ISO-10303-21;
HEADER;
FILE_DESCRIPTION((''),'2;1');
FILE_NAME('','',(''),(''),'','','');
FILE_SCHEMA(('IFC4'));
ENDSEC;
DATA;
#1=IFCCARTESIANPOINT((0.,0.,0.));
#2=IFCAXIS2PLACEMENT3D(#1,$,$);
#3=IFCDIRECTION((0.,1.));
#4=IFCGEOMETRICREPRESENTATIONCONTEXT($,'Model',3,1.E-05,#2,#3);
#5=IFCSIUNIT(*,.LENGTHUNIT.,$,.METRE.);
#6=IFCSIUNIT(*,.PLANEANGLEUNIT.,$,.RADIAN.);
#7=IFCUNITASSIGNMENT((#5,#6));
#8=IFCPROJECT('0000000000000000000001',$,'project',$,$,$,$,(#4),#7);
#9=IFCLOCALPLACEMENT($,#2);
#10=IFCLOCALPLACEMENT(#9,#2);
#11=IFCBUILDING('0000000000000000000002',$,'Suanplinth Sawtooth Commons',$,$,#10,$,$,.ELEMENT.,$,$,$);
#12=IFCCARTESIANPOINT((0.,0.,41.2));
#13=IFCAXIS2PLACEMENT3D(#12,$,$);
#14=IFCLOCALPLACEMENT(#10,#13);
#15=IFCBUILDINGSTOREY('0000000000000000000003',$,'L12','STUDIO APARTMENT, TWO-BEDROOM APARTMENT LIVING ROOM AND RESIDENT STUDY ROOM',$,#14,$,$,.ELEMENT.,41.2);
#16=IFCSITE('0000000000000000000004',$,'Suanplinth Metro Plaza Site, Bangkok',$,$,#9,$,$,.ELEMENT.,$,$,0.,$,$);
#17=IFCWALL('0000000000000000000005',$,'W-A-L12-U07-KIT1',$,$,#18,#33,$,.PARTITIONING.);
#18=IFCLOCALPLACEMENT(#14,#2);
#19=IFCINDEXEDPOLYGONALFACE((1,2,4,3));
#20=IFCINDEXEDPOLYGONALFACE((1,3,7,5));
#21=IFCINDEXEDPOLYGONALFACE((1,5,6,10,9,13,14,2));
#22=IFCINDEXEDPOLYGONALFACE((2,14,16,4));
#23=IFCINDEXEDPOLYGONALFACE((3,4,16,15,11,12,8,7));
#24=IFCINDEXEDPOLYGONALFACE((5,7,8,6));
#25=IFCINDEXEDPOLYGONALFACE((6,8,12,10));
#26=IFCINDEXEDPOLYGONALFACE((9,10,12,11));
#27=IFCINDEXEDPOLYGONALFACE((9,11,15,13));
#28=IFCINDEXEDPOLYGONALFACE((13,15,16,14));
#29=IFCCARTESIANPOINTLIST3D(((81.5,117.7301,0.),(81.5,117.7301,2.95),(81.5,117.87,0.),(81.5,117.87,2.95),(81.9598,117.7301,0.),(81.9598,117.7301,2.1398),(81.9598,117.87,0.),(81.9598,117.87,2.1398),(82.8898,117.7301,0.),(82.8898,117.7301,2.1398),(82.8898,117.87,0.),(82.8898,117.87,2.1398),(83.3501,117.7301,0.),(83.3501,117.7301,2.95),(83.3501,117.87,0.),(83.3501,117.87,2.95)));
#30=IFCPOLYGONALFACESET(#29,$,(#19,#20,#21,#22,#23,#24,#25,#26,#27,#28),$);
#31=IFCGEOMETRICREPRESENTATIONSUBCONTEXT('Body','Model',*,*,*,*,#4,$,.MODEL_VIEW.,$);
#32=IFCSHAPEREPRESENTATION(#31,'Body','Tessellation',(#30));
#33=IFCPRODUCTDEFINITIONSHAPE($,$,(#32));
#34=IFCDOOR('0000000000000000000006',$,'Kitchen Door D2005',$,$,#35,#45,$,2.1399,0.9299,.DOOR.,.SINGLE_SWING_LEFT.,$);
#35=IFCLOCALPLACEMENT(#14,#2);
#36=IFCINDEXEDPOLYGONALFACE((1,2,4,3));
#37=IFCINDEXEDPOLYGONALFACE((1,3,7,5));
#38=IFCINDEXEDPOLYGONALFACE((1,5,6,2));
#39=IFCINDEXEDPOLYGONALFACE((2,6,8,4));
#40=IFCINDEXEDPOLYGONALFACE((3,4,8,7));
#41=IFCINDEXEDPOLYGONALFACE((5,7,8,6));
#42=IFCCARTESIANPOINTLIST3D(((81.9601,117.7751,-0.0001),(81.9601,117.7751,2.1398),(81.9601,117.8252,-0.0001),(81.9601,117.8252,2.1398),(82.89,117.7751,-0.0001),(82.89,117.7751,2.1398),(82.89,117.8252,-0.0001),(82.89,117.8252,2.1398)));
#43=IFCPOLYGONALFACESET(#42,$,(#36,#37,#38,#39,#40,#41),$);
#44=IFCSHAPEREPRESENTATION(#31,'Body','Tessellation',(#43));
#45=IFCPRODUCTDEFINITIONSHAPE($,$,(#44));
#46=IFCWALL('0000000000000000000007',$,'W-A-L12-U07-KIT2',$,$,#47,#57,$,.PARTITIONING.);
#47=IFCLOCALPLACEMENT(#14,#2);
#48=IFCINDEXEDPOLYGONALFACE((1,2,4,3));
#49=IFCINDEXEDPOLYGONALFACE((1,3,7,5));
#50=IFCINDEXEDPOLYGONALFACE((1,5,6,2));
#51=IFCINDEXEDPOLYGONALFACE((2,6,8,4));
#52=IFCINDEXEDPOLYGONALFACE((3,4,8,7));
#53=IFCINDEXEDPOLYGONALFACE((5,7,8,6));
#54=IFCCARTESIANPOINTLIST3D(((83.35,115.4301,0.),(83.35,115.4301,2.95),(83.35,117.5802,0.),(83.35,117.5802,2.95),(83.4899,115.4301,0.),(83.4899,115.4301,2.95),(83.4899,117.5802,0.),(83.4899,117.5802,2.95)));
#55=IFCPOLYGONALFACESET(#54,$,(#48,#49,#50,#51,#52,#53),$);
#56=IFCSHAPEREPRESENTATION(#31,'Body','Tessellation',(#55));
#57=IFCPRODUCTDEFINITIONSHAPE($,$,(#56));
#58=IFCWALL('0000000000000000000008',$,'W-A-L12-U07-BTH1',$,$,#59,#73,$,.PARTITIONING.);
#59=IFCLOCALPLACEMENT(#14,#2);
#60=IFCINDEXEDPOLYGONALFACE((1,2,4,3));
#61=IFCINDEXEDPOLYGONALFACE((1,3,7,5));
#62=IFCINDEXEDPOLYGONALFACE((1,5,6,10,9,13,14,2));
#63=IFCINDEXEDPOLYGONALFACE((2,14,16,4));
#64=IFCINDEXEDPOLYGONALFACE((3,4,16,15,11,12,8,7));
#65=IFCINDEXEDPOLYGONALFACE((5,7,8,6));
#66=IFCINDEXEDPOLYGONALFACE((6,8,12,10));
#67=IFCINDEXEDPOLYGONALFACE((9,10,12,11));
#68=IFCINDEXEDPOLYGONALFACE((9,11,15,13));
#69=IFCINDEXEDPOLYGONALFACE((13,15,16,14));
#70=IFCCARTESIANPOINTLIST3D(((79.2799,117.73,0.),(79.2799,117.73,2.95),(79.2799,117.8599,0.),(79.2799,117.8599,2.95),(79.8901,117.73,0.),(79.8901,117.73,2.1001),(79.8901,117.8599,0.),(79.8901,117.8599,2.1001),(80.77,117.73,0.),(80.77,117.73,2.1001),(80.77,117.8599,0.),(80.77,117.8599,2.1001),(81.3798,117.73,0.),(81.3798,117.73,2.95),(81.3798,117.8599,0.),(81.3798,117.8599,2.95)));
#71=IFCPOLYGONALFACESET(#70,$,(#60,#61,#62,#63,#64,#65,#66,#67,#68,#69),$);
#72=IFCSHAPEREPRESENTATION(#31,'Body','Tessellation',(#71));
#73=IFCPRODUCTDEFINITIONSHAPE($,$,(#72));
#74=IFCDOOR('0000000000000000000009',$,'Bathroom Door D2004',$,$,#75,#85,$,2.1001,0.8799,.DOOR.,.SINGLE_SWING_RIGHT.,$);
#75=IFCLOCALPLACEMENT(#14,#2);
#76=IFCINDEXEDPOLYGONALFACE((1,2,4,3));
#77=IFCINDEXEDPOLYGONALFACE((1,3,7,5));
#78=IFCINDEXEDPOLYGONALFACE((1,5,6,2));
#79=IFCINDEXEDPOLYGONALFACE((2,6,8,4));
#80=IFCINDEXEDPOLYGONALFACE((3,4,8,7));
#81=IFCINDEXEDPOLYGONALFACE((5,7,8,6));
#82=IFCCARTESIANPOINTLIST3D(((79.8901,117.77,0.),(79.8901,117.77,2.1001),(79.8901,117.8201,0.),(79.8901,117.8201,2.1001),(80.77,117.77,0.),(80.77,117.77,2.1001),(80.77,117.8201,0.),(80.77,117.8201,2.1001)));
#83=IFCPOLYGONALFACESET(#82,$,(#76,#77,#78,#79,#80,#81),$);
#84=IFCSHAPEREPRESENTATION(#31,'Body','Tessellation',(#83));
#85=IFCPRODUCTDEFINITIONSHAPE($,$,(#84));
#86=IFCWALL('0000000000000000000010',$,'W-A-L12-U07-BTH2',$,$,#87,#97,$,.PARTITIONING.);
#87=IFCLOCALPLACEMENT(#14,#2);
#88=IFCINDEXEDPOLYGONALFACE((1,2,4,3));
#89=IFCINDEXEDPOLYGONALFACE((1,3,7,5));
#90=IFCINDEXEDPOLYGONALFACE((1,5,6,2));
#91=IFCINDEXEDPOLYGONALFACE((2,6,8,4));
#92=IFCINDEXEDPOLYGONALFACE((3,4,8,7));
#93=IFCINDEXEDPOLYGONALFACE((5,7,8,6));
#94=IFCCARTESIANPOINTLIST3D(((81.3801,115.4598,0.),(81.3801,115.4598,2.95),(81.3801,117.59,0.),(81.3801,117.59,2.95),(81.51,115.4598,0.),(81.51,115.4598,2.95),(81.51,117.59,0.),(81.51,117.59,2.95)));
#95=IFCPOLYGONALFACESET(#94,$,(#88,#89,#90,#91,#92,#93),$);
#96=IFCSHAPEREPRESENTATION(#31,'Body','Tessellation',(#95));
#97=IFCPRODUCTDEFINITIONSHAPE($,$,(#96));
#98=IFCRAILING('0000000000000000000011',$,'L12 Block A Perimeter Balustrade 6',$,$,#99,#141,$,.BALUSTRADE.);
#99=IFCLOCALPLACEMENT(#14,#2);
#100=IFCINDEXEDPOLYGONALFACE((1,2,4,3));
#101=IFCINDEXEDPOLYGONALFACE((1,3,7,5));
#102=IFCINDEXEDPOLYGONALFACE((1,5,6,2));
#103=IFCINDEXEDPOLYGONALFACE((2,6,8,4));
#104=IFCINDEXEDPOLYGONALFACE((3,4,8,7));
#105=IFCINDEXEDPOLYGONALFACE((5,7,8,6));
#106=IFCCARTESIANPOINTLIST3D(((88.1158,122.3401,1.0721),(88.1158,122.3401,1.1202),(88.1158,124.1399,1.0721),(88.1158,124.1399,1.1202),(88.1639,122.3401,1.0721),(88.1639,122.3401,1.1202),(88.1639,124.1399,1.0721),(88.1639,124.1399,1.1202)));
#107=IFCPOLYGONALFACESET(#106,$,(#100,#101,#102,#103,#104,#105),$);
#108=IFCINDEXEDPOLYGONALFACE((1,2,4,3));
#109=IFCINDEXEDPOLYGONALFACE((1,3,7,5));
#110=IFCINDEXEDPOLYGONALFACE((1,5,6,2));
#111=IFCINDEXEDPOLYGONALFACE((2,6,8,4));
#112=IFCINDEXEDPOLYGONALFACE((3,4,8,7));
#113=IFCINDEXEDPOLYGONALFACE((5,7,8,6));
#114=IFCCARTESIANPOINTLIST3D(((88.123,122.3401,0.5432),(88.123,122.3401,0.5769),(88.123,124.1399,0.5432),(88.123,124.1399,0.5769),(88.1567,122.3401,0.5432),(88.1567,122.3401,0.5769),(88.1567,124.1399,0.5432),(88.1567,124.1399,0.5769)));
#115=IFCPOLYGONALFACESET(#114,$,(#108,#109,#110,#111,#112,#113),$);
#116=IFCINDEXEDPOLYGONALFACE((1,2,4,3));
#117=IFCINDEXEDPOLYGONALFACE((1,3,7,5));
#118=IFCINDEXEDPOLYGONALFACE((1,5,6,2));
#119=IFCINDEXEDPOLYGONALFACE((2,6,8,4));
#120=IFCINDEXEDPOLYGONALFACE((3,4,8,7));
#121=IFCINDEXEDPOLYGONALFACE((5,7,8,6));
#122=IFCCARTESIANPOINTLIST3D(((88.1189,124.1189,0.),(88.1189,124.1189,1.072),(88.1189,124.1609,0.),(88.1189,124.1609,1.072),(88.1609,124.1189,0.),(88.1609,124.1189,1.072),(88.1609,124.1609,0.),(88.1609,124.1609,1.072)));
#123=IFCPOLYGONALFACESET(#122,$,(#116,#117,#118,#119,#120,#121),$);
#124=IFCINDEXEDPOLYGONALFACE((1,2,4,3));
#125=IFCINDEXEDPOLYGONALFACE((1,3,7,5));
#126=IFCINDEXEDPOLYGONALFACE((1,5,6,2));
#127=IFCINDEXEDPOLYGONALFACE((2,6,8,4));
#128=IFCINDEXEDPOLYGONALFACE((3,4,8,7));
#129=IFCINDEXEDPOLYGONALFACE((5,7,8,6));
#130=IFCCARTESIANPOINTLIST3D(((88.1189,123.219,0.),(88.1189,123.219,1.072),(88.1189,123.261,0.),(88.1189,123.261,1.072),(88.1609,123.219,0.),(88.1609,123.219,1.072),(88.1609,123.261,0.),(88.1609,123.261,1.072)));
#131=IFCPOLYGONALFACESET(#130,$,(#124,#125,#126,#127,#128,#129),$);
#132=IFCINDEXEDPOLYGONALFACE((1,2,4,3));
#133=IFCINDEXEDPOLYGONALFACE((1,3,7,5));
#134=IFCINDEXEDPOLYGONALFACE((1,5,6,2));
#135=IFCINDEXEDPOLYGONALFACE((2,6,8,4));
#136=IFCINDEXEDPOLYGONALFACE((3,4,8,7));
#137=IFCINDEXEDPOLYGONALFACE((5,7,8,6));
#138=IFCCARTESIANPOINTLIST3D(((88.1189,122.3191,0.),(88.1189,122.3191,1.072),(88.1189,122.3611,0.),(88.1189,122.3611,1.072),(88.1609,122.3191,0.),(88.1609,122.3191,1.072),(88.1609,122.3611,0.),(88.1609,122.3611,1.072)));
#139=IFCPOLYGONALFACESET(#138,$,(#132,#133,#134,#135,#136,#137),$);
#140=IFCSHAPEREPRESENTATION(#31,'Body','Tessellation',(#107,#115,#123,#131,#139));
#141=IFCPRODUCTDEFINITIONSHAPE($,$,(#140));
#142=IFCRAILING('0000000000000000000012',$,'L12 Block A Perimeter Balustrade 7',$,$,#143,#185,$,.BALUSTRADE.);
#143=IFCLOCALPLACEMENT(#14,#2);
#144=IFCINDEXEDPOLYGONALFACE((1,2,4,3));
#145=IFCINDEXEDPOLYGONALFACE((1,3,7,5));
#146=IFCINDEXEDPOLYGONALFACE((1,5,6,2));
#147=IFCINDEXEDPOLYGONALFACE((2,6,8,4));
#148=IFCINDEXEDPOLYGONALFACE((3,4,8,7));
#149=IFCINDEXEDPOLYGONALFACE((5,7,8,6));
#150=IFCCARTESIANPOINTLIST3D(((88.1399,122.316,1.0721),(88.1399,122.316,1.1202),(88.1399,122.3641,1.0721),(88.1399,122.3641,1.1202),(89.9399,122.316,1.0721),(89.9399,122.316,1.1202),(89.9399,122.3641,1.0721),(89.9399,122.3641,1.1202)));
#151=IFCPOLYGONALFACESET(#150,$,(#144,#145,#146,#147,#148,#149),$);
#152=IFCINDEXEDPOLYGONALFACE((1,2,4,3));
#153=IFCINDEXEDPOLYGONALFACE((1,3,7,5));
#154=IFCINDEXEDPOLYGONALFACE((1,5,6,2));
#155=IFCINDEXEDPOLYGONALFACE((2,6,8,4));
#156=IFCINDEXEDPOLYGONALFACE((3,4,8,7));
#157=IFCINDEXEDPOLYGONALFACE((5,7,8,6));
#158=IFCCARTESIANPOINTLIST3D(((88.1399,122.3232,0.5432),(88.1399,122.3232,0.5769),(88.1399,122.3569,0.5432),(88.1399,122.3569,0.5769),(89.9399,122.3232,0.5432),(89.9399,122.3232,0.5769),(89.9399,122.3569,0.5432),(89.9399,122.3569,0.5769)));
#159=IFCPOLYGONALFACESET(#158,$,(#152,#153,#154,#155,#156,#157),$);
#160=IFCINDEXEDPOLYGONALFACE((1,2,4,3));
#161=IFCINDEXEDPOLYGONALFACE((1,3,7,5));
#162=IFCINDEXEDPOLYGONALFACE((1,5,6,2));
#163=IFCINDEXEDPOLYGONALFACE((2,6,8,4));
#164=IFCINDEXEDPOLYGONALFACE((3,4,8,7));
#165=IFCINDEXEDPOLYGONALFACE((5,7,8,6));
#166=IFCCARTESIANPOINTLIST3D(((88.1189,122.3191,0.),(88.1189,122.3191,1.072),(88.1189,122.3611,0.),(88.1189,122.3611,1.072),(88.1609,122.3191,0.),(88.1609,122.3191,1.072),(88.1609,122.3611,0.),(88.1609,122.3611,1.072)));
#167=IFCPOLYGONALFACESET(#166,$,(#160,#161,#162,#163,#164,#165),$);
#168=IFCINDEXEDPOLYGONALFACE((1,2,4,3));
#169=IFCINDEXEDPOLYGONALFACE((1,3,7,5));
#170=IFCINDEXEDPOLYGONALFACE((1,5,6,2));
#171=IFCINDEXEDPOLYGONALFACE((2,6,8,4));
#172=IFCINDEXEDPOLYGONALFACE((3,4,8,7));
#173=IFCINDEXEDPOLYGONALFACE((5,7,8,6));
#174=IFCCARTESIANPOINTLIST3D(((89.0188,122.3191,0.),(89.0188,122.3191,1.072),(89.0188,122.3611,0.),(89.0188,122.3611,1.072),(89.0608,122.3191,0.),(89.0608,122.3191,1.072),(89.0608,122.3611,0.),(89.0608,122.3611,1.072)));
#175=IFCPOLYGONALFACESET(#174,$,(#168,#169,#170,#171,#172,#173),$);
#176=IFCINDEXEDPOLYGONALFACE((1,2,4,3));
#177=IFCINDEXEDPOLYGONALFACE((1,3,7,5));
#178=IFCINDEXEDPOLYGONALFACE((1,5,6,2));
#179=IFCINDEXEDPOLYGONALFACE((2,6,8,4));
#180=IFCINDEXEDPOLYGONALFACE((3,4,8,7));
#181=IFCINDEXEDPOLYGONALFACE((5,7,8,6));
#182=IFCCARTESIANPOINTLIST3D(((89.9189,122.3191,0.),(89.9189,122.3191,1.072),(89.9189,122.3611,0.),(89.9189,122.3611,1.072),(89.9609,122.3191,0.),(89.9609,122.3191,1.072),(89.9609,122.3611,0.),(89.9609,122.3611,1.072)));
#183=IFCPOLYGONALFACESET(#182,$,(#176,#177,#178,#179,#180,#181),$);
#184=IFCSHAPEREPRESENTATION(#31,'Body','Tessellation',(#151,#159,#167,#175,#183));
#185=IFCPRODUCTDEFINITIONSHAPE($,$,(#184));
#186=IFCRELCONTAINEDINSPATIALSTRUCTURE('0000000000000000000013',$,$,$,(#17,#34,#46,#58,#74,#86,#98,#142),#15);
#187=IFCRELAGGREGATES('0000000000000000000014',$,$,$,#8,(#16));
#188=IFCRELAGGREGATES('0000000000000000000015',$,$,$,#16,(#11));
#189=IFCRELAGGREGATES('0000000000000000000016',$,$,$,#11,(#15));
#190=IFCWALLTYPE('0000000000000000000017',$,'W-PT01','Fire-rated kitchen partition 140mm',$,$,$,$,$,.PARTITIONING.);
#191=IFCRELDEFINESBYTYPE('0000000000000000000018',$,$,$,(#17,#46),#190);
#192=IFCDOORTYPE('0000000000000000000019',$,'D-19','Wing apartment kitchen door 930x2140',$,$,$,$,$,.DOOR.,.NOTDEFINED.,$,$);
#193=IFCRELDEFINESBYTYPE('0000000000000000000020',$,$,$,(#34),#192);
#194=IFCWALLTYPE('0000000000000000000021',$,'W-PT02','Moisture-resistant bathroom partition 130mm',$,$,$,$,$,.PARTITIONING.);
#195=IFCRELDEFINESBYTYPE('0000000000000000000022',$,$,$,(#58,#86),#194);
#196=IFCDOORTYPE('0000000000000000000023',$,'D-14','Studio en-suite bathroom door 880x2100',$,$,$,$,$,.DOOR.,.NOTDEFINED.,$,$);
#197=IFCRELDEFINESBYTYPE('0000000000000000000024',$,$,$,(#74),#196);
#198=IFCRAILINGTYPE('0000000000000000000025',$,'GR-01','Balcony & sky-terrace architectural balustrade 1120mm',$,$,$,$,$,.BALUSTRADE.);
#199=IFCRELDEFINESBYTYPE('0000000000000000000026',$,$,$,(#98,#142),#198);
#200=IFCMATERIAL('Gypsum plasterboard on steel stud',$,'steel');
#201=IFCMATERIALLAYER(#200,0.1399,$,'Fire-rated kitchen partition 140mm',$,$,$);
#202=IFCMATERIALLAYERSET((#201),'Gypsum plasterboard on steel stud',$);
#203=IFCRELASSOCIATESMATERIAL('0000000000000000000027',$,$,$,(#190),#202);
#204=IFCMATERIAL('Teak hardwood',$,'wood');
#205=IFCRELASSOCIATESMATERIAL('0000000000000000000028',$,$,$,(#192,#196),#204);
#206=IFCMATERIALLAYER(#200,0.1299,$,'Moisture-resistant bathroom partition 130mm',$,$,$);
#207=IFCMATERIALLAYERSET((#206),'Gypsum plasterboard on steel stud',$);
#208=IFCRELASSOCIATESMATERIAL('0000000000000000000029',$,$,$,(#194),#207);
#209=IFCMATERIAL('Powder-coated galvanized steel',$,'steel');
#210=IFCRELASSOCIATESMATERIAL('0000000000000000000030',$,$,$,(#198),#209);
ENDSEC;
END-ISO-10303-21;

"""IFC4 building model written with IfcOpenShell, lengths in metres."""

from ifc_helpers import new_model, si_unit, direction, frame, frame_2d, origin, origin_2d, place, context, subcontext, project, spatial, rectangle, extrude, material, layer, layer_set, type_object, element, fill, save


model = new_model("IFC4")

# Units and contexts
model_context = context("Model", 3, precision=1e-05, world=origin(), true_north=direction((0.0, 1.0)))
body_context = subcontext(model_context, "Body", "Model", "MODEL_VIEW")
ifc_project = project(units=[si_unit("LENGTHUNIT", "METRE"), si_unit("PLANEANGLEUNIT", "RADIAN")], contexts=[model_context])

# Site, building, storey
site_placement = place(None, origin())
site = spatial("IfcSite", under=ifc_project, at=site_placement, Name="Suanplinth Metro Plaza Site, Bangkok", CompositionType="ELEMENT", RefElevation=0.0)
building_placement = place(site_placement, origin())
building = spatial("IfcBuilding", under=site, at=building_placement, Name="Suanplinth Sawtooth Commons", CompositionType="ELEMENT")
storey_placement = place(building_placement, frame((0.0, 0.0, 41.2)))
storey = spatial("IfcBuildingStorey", under=building, at=storey_placement, Name="L12", Description="STUDIO APARTMENT, TWO-BEDROOM APARTMENT LIVING ROOM AND RESIDENT STUDY ROOM", CompositionType="ELEMENT", Elevation=41.2)

# Wall, opening, door
ifc_material_1 = material(Name="Gypsum plasterboard on steel stud", Category="steel")
ifc_layer_1 = layer(ifc_material_1, 0.1399, Name="Fire-rated kitchen partition 140mm")
ifc_layer_set_1 = layer_set([ifc_layer_1], Name="Gypsum plasterboard on steel stud")
wall_type_1 = type_object("IfcWallType", Name="W-PT01", Description="Fire-rated kitchen partition 140mm", PredefinedType="PARTITIONING", material=ifc_layer_set_1)
wall_1_placement = place(storey_placement, frame((81.5, 117.8, 0.0), z_axis=(0.0, 0.0, 1.0), x_axis=(1.0, 0.0, 0.0)))
wall_1 = element("IfcWall", 1, at=wall_1_placement, inside=storey, type_object=wall_type_1, Name="W-A-L12-U07-KIT1", PredefinedType="PARTITIONING", context=body_context, shape_type="SweptSolid", body=[
    extrude(rectangle(XDim=1.8501, YDim=0.1399, at=frame_2d((0.925, 0.0))), origin(), (0.0, 0.0, 1.0), 2.95),
])
opening_1_placement = place(wall_1_placement, frame((0.46, 0.0, 0.0)))
opening_1 = element("IfcOpeningElement", 2, at=opening_1_placement, cuts=wall_1, PredefinedType="OPENING", context=body_context, shape_type="SweptSolid", body=[
    extrude(rectangle(XDim=0.9299, YDim=2.1399, at=frame_2d((0.4648, 1.0698))), frame((0.0, 0.085, 0.0), z_axis=(0.0, -1.0, 0.0), x_axis=(1.0, 0.0, 0.0)), (0.0, 0.0, 1.0), 0.1697),
])
ifc_material_2 = material(Name="Teak hardwood", Category="wood")
door_type_1 = type_object("IfcDoorType", Name="D-19", Description="Wing apartment kitchen door 930x2140", OperationType="NOTDEFINED", PredefinedType="DOOR", material=ifc_material_2)
door_1_placement = place(opening_1_placement, frame((0.9299, 0.0, 0.0), z_axis=(0.0, 0.0, 1.0), x_axis=(-1.0, 0.0, 0.0)))
door_1 = element("IfcDoor", 3, at=door_1_placement, inside=storey, type_object=door_type_1, Name="Kitchen Door D2005", OperationType="SINGLE_SWING_LEFT", OverallHeight=2.1399, OverallWidth=0.9299, PredefinedType="DOOR", context=body_context, shape_type="SweptSolid", body=[
    extrude(rectangle(XDim=0.9299, YDim=2.1399, at=frame_2d((0.4648, 1.0698))), frame((0.0, 0.0249, 0.0), z_axis=(0.0, -1.0, 0.0), x_axis=(1.0, 0.0, 0.0)), (0.0, 0.0, 1.0), 0.05),
])
fill(opening_1, door_1)

# Wall
wall_2_placement = place(storey_placement, frame((83.4199, 115.4299, 0.0), z_axis=(0.0, 0.0, 1.0), x_axis=(0.0, 1.0, 0.0)))
element("IfcWall", 4, at=wall_2_placement, inside=storey, type_object=wall_type_1, Name="W-A-L12-U07-KIT2", PredefinedType="PARTITIONING", context=body_context, shape_type="SweptSolid", body=[
    extrude(rectangle(XDim=2.1501, YDim=0.1399, at=frame_2d((1.0752, 0.0))), origin(), (0.0, 0.0, 1.0), 2.95),
])

# Wall, opening, door
ifc_layer_2 = layer(ifc_material_1, 0.1299, Name="Moisture-resistant bathroom partition 130mm")
ifc_layer_set_2 = layer_set([ifc_layer_2], Name="Gypsum plasterboard on steel stud")
wall_type_2 = type_object("IfcWallType", Name="W-PT02", Description="Moisture-resistant bathroom partition 130mm", PredefinedType="PARTITIONING", material=ifc_layer_set_2)
wall_3_placement = place(storey_placement, frame((79.28, 117.7949, 0.0), z_axis=(0.0, 0.0, 1.0), x_axis=(1.0, 0.0, 0.0)))
wall_3 = element("IfcWall", 5, at=wall_3_placement, inside=storey, type_object=wall_type_2, Name="W-A-L12-U07-BTH1", PredefinedType="PARTITIONING", context=body_context, shape_type="SweptSolid", body=[
    extrude(rectangle(XDim=2.0999, YDim=0.1299, at=frame_2d((1.0498, 0.0))), origin(), (0.0, 0.0, 1.0), 2.95),
])
opening_2_placement = place(wall_3_placement, frame((0.6101, 0.0, 0.0)))
opening_2 = element("IfcOpeningElement", 6, at=opening_2_placement, cuts=wall_3, PredefinedType="OPENING", context=body_context, shape_type="SweptSolid", body=[
    extrude(rectangle(XDim=0.8799, YDim=2.1001, at=frame_2d((0.4399, 1.05))), frame((0.0, 0.0798, 0.0), z_axis=(0.0, -1.0, 0.0), x_axis=(1.0, 0.0, 0.0)), (0.0, 0.0, 1.0), 0.1597),
])
door_type_2 = type_object("IfcDoorType", Name="D-14", Description="Studio en-suite bathroom door 880x2100", OperationType="NOTDEFINED", PredefinedType="DOOR", material=ifc_material_2)
door_2_placement = place(opening_2_placement, frame((0.8799, 0.0, 0.0), z_axis=(0.0, 0.0, 1.0), x_axis=(-1.0, 0.0, 0.0)))
door_2 = element("IfcDoor", 7, at=door_2_placement, inside=storey, type_object=door_type_2, Name="Bathroom Door D2004", OperationType="SINGLE_SWING_RIGHT", OverallHeight=2.1001, OverallWidth=0.8799, PredefinedType="DOOR", context=body_context, shape_type="SweptSolid", body=[
    extrude(rectangle(XDim=0.8799, YDim=2.1001, at=frame_2d((0.4399, 1.05))), frame((0.0, 0.0249, 0.0), z_axis=(0.0, -1.0, 0.0), x_axis=(1.0, 0.0, 0.0)), (0.0, 0.0, 1.0), 0.05),
])
fill(opening_2, door_2)

# Wall
wall_4_placement = place(storey_placement, frame((81.4451, 115.46, 0.0), z_axis=(0.0, 0.0, 1.0), x_axis=(0.0, 1.0, 0.0)))
element("IfcWall", 8, at=wall_4_placement, inside=storey, type_object=wall_type_2, Name="W-A-L12-U07-BTH2", PredefinedType="PARTITIONING", context=body_context, shape_type="SweptSolid", body=[
    extrude(rectangle(XDim=2.1301, YDim=0.1299, at=frame_2d((1.0649, 0.0))), origin(), (0.0, 0.0, 1.0), 2.95),
])

# Railings
ifc_material_3 = material(Name="Powder-coated galvanized steel", Category="steel")
railing_type = type_object("IfcRailingType", Name="GR-01", Description="Balcony & sky-terrace architectural balustrade 1120mm", PredefinedType="BALUSTRADE", material=ifc_material_3)
railing_1_placement = place(storey_placement, frame((88.1399, 124.1399, 0.0)))
element("IfcRailing", 9, at=railing_1_placement, inside=storey, type_object=railing_type, Name="L12 Block A Perimeter Balustrade 6", PredefinedType="BALUSTRADE", context=body_context, shape_type="SweptSolid", body=[
    extrude(rectangle(XDim=0.0481, YDim=0.0481, at=origin_2d()), frame((0.0, 0.0, 1.0962), z_axis=(0.0, -1.0, 0.0), x_axis=(1.0, 0.0, 0.0)), (0.0, 0.0, 1.0), 1.7998),
    extrude(rectangle(XDim=0.0337, YDim=0.0337, at=origin_2d()), frame((0.0, 0.0, 0.5601), z_axis=(0.0, -1.0, 0.0), x_axis=(1.0, 0.0, 0.0)), (0.0, 0.0, 1.0), 1.7998),
    extrude(rectangle(XDim=0.042, YDim=0.042, at=origin_2d()), origin(), (0.0, 0.0, 1.0), 1.072),
    extrude(rectangle(XDim=0.042, YDim=0.042, at=origin_2d()), frame((0.0, -0.8999, 0.0)), (0.0, 0.0, 1.0), 1.072),
    extrude(rectangle(XDim=0.042, YDim=0.042, at=origin_2d()), frame((0.0, -1.7998, 0.0)), (0.0, 0.0, 1.0), 1.072),
])
railing_2_placement = place(storey_placement, frame((88.1399, 122.3401, 0.0)))
element("IfcRailing", 10, at=railing_2_placement, inside=storey, type_object=railing_type, Name="L12 Block A Perimeter Balustrade 7", PredefinedType="BALUSTRADE", context=body_context, shape_type="SweptSolid", body=[
    extrude(rectangle(XDim=0.0481, YDim=0.0481, at=origin_2d()), frame((0.0, 0.0, 1.0962), z_axis=(1.0, 0.0, 0.0), x_axis=(0.0, 1.0, 0.0)), (0.0, 0.0, 1.0), 1.8),
    extrude(rectangle(XDim=0.0337, YDim=0.0337, at=origin_2d()), frame((0.0, 0.0, 0.5601), z_axis=(1.0, 0.0, 0.0), x_axis=(0.0, 1.0, 0.0)), (0.0, 0.0, 1.0), 1.8),
    extrude(rectangle(XDim=0.042, YDim=0.042, at=origin_2d()), origin(), (0.0, 0.0, 1.0), 1.072),
    extrude(rectangle(XDim=0.042, YDim=0.042, at=origin_2d()), frame((0.8999, 0.0, 0.0)), (0.0, 0.0, 1.0), 1.072),
    extrude(rectangle(XDim=0.042, YDim=0.042, at=origin_2d()), frame((1.8, 0.0, 0.0)), (0.0, 0.0, 1.0), 1.072),
])

save(model, "model.ifc")
